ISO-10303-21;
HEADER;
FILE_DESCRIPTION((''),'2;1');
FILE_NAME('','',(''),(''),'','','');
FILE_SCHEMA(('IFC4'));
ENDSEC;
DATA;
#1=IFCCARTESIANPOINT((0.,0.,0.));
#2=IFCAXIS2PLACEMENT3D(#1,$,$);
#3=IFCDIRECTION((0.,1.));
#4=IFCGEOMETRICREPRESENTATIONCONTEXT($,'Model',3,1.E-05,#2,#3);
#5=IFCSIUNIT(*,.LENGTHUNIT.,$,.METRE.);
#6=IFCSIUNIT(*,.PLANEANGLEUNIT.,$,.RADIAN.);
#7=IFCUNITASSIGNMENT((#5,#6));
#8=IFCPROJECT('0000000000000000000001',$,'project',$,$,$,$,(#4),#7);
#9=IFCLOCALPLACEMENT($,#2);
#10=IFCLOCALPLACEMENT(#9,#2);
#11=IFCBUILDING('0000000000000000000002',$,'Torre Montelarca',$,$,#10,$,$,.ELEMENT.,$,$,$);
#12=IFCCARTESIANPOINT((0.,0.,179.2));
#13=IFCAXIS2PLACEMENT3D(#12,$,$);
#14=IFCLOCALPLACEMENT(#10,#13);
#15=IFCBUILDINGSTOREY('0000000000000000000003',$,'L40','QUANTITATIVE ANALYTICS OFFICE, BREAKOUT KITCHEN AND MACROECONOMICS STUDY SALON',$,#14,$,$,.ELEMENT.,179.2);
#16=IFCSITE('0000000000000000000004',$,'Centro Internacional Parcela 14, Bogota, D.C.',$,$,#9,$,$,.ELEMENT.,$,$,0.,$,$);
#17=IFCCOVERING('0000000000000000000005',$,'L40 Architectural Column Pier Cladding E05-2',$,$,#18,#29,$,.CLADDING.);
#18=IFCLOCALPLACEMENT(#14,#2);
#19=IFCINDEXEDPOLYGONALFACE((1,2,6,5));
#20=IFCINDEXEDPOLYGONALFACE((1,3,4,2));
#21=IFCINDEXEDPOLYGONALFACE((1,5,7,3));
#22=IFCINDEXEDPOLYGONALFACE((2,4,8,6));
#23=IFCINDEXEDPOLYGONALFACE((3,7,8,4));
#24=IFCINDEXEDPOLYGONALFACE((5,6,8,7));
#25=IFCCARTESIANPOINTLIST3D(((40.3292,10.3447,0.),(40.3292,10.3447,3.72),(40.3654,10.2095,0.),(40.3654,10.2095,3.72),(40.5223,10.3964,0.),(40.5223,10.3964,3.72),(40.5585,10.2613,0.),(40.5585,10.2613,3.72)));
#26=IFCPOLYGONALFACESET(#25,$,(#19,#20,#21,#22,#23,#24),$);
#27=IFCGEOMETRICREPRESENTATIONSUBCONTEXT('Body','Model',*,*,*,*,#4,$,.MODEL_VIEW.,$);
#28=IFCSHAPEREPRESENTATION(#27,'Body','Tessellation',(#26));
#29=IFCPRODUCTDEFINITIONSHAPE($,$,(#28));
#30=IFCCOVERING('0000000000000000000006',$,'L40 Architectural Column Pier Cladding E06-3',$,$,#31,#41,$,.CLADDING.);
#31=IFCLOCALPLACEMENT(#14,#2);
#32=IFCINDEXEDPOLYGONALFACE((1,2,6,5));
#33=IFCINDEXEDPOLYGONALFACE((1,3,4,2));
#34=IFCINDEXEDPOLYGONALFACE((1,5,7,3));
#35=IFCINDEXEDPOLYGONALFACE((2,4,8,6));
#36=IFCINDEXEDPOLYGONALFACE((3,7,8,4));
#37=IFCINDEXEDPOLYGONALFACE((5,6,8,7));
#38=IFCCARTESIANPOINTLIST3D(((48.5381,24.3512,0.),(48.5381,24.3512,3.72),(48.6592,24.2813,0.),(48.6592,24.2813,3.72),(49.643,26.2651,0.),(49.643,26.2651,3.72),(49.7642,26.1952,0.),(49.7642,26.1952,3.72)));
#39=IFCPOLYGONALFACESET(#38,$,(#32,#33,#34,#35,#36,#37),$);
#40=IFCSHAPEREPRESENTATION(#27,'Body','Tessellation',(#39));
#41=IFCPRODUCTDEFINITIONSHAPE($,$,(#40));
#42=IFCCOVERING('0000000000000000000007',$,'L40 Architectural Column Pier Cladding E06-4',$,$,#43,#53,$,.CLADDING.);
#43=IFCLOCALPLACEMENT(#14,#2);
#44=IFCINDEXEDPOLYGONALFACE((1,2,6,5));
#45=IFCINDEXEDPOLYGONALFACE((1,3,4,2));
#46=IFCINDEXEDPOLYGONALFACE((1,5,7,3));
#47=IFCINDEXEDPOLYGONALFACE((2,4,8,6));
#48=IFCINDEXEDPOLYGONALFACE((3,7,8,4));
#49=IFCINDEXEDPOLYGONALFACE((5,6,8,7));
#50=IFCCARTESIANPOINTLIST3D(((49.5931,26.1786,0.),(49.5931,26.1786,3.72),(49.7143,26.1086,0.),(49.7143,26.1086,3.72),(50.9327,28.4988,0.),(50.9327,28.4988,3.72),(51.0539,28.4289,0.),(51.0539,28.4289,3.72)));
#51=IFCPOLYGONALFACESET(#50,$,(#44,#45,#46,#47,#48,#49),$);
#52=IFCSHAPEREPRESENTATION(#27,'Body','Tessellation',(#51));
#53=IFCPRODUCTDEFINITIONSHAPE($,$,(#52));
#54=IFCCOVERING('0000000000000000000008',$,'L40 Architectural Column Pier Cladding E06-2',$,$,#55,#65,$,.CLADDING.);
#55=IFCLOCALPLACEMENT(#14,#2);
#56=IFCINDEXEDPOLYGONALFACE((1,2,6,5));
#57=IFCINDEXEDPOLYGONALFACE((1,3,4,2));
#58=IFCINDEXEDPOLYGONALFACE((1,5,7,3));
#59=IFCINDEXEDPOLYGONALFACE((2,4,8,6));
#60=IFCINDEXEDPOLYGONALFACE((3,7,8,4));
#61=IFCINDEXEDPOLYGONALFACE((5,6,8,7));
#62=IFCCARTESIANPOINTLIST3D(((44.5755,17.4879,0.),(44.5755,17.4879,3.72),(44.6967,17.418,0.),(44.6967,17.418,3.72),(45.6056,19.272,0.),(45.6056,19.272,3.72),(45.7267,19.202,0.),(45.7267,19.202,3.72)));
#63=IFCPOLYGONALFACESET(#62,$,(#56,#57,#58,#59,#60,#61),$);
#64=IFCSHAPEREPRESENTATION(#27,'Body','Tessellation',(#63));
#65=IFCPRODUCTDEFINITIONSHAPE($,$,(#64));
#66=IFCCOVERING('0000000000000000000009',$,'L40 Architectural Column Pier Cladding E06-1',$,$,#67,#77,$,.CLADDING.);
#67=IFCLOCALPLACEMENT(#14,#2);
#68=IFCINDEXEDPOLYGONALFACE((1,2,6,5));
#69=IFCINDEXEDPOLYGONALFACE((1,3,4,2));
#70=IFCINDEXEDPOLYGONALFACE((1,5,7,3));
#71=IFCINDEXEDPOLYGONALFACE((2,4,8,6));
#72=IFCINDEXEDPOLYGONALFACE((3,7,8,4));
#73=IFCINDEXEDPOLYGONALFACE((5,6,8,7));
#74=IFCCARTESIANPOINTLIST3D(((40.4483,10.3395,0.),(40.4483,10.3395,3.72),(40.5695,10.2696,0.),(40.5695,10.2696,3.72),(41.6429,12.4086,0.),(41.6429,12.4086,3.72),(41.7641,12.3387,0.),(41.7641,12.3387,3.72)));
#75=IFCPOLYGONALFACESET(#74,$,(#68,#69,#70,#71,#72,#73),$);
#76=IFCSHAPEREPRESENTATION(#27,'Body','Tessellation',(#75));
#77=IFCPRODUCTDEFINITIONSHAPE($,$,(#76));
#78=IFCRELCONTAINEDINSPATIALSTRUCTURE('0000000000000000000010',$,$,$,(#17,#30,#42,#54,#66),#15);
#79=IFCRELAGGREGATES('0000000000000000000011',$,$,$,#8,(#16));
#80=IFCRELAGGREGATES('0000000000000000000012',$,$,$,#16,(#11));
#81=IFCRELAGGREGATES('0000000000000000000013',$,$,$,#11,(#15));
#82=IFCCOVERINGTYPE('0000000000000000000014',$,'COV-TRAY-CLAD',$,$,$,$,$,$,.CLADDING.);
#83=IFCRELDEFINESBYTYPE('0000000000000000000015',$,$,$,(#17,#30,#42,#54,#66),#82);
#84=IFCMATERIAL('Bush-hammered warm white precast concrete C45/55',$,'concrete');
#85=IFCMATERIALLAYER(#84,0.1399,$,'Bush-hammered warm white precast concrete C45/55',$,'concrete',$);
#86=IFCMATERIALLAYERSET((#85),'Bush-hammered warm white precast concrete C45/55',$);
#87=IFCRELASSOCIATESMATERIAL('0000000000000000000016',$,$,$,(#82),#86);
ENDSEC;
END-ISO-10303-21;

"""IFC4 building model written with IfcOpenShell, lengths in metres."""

from ifc_helpers import new_model, si_unit, direction, frame, origin, origin_2d, place, context, subcontext, project, spatial, rectangle, extrude, source, transform, mapped, material, layer, layer_set, type_object, element, save


model = new_model("IFC4")

# Units and contexts
model_context = context("Model", 3, precision=1e-05, world=origin(), true_north=direction((0.0, 1.0)))
body_context = subcontext(model_context, "Body", "Model", "MODEL_VIEW")
ifc_project = project(units=[si_unit("LENGTHUNIT", "METRE"), si_unit("PLANEANGLEUNIT", "RADIAN")], contexts=[model_context])

# Site, building, storey
site_placement = place(None, origin())
site = spatial("IfcSite", under=ifc_project, at=site_placement, Name="Centro Internacional Parcela 14, Bogota, D.C.", CompositionType="ELEMENT", RefElevation=0.0)
building_placement = place(site_placement, origin())
building = spatial("IfcBuilding", under=site, at=building_placement, Name="Torre Montelarca", CompositionType="ELEMENT")
storey_placement = place(building_placement, frame((0.0, 0.0, 179.2)))
storey = spatial("IfcBuildingStorey", under=building, at=storey_placement, Name="L40", Description="QUANTITATIVE ANALYTICS OFFICE, BREAKOUT KITCHEN AND MACROECONOMICS STUDY SALON", CompositionType="ELEMENT", Elevation=179.2)

# Coverings
ifc_material_1 = material(Name="Bush-hammered warm white precast concrete C45/55", Category="concrete")
ifc_layer_1 = layer(ifc_material_1, 0.1399, Name="Bush-hammered warm white precast concrete C45/55", Category="concrete")
ifc_layer_set_1 = layer_set([ifc_layer_1], Name="Bush-hammered warm white precast concrete C45/55")
covering_type = type_object("IfcCoveringType", Name="COV-TRAY-CLAD", PredefinedType="CLADDING", material=ifc_layer_set_1)
shared_shape_1 = source(origin(), body_context, "Body", "SweptSolid", [
    extrude(rectangle(XDim=0.2, YDim=0.1399, at=origin_2d()), origin(), (0.0, 0.0, 1.0), 3.72),
])
covering_1_placement = place(storey_placement, frame((40.4438, 10.303, 0.0), z_axis=(0.0, 0.0, 1.0), x_axis=(0.965922, 0.258834, 0.0)))
element("IfcCovering", 1, at=covering_1_placement, inside=storey, type_object=covering_type, Name="L40 Architectural Column Pier Cladding E05-2", PredefinedType="CLADDING", context=body_context, shape_type="MappedRepresentation", body=[
    mapped(shared_shape_1, transform((0.0, 0.0, 0.0), scale=1.0)),
])
shared_shape_2 = source(origin(), body_context, "Body", "SweptSolid", [
    extrude(rectangle(XDim=2.21, YDim=0.1399, at=origin_2d()), origin(), (0.0, 0.0, 1.0), 3.72),
])
covering_2_placement = place(storey_placement, frame((49.1511, 25.2732, 0.0), z_axis=(0.0, 0.0, 1.0), x_axis=(0.500002, 0.866025, 0.0)))
element("IfcCovering", 2, at=covering_2_placement, inside=storey, type_object=covering_type, Name="L40 Architectural Column Pier Cladding E06-3", PredefinedType="CLADDING", context=body_context, shape_type="MappedRepresentation", body=[
    mapped(shared_shape_2, transform((0.0, 0.0, 0.0), scale=1.0)),
])
shared_shape_3 = source(origin(), body_context, "Body", "SweptSolid", [
    extrude(rectangle(XDim=2.6792, YDim=0.1399, at=origin_2d()), origin(), (0.0, 0.0, 1.0), 3.72),
])
covering_3_placement = place(storey_placement, frame((50.3235, 27.3037, 0.0), z_axis=(0.0, 0.0, 1.0), x_axis=(0.500002, 0.866025, 0.0)))
element("IfcCovering", 3, at=covering_3_placement, inside=storey, type_object=covering_type, Name="L40 Architectural Column Pier Cladding E06-4", PredefinedType="CLADDING", context=body_context, shape_type="MappedRepresentation", body=[
    mapped(shared_shape_3, transform((0.0, 0.0, 0.0), scale=1.0)),
])
shared_shape_4 = source(origin(), body_context, "Body", "SweptSolid", [
    extrude(rectangle(XDim=2.0601, YDim=0.1399, at=origin_2d()), origin(), (0.0, 0.0, 1.0), 3.72),
])
covering_4_placement = place(storey_placement, frame((45.1511, 18.345, 0.0), z_axis=(0.0, 0.0, 1.0), x_axis=(0.500002, 0.866025, 0.0)))
element("IfcCovering", 4, at=covering_4_placement, inside=storey, type_object=covering_type, Name="L40 Architectural Column Pier Cladding E06-2", PredefinedType="CLADDING", context=body_context, shape_type="MappedRepresentation", body=[
    mapped(shared_shape_4, transform((0.0, 0.0, 0.0), scale=1.0)),
])
shared_shape_5 = source(origin(), body_context, "Body", "SweptSolid", [
    extrude(rectangle(XDim=2.3892, YDim=0.1399, at=origin_2d()), origin(), (0.0, 0.0, 1.0), 3.72),
])
covering_5_placement = place(storey_placement, frame((41.1062, 11.3391, 0.0), z_axis=(0.0, 0.0, 1.0), x_axis=(0.500002, 0.866025, 0.0)))
element("IfcCovering", 5, at=covering_5_placement, inside=storey, type_object=covering_type, Name="L40 Architectural Column Pier Cladding E06-1", PredefinedType="CLADDING", context=body_context, shape_type="MappedRepresentation", body=[
    mapped(shared_shape_5, transform((0.0, 0.0, 0.0), scale=1.0)),
])

save(model, "model.ifc")
